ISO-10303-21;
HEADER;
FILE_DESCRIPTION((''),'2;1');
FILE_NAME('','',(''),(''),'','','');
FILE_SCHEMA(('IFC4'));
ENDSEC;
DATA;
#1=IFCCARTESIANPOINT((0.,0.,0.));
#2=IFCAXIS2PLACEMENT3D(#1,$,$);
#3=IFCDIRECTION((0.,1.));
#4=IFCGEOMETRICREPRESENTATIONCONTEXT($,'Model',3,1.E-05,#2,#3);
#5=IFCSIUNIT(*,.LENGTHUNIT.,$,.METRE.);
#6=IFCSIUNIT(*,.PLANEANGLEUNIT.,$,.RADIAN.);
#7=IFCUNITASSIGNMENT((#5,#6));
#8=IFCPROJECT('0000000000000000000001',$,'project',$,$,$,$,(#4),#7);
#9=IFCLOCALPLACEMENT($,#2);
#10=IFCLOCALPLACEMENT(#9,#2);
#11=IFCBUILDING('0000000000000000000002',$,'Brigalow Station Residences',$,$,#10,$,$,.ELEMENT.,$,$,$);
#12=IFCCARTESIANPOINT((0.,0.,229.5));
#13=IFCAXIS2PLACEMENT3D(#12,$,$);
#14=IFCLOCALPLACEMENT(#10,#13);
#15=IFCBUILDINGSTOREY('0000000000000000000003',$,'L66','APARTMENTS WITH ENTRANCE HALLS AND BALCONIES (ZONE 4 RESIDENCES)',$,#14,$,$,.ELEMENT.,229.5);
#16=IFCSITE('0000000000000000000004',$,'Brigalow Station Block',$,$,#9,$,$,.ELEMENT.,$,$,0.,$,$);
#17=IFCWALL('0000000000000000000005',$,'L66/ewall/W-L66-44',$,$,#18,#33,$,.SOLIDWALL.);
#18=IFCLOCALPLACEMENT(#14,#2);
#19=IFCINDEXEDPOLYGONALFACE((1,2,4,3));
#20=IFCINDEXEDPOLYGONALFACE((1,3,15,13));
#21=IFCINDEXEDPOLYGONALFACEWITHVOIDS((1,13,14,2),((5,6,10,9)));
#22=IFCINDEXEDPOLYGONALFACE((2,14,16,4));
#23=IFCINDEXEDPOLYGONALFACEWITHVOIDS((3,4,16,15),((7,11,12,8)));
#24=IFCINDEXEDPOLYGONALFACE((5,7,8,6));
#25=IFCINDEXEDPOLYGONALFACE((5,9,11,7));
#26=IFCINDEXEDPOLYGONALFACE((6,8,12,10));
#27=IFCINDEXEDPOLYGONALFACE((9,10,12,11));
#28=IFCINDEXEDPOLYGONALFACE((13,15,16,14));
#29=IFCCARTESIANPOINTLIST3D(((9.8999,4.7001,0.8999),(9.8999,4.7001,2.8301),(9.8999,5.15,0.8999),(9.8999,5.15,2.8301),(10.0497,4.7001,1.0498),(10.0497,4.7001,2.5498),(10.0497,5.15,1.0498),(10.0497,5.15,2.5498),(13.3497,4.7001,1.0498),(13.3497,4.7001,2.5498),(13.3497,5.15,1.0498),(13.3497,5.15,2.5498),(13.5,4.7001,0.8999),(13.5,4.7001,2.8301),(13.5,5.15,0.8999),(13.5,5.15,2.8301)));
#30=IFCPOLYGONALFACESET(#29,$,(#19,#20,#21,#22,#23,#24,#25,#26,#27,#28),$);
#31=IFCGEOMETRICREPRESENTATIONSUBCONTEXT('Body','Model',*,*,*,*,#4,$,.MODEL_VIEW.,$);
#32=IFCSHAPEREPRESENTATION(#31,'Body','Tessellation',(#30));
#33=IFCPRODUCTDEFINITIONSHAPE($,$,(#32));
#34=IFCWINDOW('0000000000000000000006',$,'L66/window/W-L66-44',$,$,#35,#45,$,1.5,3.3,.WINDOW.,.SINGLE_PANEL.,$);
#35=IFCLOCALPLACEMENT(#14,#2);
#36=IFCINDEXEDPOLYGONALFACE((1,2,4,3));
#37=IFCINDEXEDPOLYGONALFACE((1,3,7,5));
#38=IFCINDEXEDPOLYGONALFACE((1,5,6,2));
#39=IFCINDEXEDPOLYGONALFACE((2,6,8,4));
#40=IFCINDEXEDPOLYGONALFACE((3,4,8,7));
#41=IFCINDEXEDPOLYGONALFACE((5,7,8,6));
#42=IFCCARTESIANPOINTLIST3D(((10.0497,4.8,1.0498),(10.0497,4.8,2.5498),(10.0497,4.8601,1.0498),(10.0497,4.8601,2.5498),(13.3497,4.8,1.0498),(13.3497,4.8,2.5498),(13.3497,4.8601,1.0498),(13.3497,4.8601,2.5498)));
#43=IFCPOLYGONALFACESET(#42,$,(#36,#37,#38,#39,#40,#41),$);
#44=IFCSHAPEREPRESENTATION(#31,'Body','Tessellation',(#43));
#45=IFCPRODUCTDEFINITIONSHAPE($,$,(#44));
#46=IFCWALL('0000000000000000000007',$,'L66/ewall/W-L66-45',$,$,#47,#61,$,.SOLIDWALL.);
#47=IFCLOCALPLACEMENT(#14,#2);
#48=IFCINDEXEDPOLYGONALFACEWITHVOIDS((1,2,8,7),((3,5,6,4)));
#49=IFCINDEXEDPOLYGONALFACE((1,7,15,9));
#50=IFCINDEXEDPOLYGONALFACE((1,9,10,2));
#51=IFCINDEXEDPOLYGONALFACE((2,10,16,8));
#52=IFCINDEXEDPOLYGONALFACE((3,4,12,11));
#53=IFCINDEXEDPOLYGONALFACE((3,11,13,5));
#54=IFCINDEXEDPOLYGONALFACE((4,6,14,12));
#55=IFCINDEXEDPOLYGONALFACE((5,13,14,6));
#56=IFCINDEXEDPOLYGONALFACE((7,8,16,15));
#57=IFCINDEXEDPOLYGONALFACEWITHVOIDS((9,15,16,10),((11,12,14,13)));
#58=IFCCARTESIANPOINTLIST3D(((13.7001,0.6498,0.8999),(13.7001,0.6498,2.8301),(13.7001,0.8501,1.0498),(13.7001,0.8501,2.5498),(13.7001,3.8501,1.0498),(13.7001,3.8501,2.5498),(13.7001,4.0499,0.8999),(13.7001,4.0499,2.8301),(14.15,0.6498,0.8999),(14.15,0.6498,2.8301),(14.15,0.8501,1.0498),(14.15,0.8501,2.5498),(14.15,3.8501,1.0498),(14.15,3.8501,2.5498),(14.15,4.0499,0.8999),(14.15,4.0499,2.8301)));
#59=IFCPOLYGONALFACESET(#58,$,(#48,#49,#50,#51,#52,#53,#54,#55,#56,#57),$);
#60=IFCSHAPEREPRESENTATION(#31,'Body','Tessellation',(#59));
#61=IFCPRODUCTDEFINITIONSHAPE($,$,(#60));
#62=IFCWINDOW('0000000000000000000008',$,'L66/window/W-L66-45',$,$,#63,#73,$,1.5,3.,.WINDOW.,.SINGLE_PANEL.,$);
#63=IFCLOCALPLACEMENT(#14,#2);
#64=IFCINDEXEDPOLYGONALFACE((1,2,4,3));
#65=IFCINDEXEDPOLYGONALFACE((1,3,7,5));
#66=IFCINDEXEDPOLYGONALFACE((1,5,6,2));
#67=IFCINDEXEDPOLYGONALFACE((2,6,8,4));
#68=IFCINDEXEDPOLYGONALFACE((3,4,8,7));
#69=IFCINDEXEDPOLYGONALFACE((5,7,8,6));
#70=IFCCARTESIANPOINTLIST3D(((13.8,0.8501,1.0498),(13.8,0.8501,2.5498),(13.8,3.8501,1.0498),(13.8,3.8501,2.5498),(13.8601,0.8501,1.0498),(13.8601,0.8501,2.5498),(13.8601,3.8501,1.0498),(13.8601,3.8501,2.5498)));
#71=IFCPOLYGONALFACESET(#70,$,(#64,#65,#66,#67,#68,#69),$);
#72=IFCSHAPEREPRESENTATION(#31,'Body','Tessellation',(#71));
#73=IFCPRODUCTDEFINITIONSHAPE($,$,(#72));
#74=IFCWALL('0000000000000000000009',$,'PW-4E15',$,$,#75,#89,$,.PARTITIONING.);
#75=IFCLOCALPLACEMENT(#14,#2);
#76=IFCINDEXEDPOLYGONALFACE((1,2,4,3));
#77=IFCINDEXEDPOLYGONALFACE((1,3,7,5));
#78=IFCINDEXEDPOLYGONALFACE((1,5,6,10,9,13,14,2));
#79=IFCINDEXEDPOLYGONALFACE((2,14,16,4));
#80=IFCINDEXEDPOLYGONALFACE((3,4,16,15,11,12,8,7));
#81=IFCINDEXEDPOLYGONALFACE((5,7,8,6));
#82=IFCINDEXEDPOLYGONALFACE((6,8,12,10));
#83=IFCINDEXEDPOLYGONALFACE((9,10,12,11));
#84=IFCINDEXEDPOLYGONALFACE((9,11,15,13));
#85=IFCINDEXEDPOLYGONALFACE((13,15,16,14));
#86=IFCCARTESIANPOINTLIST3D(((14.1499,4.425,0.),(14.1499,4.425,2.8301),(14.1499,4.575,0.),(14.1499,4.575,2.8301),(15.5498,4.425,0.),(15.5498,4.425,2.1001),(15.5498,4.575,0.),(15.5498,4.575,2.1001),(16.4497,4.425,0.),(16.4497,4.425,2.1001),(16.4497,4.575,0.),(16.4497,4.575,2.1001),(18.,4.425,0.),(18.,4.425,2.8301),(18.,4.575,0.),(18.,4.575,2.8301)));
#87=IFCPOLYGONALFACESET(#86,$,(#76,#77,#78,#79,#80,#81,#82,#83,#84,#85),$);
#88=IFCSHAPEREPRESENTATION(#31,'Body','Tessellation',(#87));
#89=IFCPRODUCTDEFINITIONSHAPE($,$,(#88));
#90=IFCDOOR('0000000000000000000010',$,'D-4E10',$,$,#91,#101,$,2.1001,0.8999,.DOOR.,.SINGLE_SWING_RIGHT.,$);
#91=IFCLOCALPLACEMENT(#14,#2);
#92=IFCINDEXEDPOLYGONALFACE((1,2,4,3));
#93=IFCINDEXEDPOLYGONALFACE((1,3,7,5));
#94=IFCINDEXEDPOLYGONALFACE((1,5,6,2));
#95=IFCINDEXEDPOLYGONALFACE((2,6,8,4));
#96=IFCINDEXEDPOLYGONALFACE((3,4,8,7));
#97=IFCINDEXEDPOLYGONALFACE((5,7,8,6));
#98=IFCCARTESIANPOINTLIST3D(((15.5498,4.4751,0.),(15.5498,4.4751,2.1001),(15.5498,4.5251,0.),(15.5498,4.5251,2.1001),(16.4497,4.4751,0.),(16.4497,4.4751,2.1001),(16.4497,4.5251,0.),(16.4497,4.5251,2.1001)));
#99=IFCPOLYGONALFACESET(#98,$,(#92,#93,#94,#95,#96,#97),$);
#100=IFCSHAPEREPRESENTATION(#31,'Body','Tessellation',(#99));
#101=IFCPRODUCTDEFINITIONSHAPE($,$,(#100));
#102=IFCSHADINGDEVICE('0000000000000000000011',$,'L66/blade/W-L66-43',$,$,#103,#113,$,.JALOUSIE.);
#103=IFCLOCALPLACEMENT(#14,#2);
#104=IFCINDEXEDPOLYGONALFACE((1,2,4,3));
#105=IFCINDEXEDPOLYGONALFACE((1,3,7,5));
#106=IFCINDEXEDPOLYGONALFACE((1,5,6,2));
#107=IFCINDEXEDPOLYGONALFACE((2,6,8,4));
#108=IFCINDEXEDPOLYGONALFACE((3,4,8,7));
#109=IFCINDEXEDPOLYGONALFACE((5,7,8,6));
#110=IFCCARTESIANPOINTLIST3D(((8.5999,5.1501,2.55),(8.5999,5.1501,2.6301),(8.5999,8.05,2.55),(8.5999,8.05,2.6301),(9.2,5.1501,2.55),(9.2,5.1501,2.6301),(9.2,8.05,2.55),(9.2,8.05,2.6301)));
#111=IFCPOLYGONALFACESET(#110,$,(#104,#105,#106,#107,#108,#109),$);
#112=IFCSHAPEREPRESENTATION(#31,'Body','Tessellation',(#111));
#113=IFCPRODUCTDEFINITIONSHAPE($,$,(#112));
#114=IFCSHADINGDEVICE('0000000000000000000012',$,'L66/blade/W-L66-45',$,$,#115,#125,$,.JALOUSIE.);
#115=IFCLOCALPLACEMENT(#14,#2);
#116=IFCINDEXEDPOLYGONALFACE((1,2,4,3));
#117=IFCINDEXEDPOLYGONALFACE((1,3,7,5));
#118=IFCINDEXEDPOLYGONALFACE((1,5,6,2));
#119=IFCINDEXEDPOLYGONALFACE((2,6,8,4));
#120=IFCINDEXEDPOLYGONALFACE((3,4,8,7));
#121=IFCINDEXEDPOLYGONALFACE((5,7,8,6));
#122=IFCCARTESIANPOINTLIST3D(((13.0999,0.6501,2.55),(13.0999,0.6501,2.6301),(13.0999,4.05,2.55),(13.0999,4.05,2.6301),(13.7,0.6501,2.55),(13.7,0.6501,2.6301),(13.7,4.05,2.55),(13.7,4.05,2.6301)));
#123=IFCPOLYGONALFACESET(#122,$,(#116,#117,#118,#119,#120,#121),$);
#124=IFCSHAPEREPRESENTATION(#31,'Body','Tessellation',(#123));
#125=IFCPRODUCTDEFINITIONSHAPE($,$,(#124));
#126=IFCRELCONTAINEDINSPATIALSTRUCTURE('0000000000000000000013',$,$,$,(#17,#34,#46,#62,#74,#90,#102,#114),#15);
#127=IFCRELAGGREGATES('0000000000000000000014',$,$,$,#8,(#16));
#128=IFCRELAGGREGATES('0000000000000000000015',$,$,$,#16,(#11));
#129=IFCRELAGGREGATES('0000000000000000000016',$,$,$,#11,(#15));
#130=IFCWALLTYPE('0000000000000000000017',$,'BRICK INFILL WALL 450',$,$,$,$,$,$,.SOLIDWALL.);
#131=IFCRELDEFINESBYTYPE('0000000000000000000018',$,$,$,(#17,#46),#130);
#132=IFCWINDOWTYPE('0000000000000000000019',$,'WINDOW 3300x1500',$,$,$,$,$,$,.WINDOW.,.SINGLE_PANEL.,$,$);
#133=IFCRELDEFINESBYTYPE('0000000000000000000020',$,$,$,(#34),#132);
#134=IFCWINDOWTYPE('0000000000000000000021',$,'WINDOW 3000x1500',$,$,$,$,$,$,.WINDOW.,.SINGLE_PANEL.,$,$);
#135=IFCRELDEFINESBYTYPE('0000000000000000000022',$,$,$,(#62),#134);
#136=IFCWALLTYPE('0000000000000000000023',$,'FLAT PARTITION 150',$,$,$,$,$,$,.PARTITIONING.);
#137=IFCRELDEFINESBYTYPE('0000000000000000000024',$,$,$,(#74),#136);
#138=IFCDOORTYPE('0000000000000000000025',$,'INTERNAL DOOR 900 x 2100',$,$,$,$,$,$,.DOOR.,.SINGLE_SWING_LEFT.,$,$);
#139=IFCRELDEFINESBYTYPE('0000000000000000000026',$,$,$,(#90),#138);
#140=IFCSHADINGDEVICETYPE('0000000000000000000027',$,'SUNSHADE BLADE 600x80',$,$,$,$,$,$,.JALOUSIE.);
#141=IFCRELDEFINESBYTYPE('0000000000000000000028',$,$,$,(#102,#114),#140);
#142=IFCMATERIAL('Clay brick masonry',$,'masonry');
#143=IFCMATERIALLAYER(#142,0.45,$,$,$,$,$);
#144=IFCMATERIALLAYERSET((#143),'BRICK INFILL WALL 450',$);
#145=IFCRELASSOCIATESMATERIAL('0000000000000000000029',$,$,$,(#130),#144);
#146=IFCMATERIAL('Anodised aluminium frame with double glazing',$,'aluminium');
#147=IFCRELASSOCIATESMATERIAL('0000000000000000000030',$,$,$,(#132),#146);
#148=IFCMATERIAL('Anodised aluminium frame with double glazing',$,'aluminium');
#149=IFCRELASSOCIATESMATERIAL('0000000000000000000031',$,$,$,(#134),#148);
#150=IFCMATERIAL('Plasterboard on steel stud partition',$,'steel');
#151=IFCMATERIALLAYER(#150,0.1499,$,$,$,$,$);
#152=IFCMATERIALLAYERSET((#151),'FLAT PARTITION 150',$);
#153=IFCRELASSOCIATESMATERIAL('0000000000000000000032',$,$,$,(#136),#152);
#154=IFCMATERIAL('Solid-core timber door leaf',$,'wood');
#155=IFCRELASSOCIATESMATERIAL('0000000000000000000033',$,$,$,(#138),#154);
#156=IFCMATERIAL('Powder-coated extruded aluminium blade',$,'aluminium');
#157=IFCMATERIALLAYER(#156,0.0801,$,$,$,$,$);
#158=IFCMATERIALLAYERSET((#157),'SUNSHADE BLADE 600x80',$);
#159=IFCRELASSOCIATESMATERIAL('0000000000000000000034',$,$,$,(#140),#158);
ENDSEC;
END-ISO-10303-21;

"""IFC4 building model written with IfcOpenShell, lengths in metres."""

from ifc_helpers import new_model, si_unit, direction, frame, frame_2d, origin, origin_2d, place, context, subcontext, project, spatial, rectangle, extrude, material, layer, layer_set, type_object, element, fill, save


model = new_model("IFC4")

# Units and contexts
model_context = context("Model", 3, precision=1e-05, world=origin(), true_north=direction((0.0, 1.0)))
body_context = subcontext(model_context, "Body", "Model", "MODEL_VIEW")
ifc_project = project(units=[si_unit("LENGTHUNIT", "METRE"), si_unit("PLANEANGLEUNIT", "RADIAN")], contexts=[model_context])

# Site, building, storey
site_placement = place(None, origin())
site = spatial("IfcSite", under=ifc_project, at=site_placement, Name="Brigalow Station Block", CompositionType="ELEMENT", RefElevation=0.0)
building_placement = place(site_placement, origin())
building = spatial("IfcBuilding", under=site, at=building_placement, Name="Brigalow Station Residences", CompositionType="ELEMENT")
storey_placement = place(building_placement, frame((0.0, 0.0, 229.5)))
storey = spatial("IfcBuildingStorey", under=building, at=storey_placement, Name="L66", Description="APARTMENTS WITH ENTRANCE HALLS AND BALCONIES (ZONE 4 RESIDENCES)", CompositionType="ELEMENT", Elevation=229.5)

# Walls, openings, windows
ifc_material_1 = material(Name="Clay brick masonry", Category="masonry")
ifc_layer_1 = layer(ifc_material_1, 0.45)
ifc_layer_set_1 = layer_set([ifc_layer_1], Name="BRICK INFILL WALL 450")
wall_type_1 = type_object("IfcWallType", Name="BRICK INFILL WALL 450", PredefinedType="SOLIDWALL", material=ifc_layer_set_1)
wall_1_placement = place(storey_placement, frame((9.8999, 4.925, 0.8999), z_axis=(0.0, 0.0, 1.0), x_axis=(1.0, 0.0, 0.0)))
wall_1 = element("IfcWall", 1, at=wall_1_placement, inside=storey, type_object=wall_type_1, Name="L66/ewall/W-L66-44", PredefinedType="SOLIDWALL", context=body_context, shape_type="SweptSolid", body=[
    extrude(rectangle(XDim=3.6001, YDim=0.45, at=frame_2d((1.8, 0.0))), origin(), (0.0, 0.0, 1.0), 1.9302),
])
opening_1_placement = place(wall_1_placement, frame((0.1499, 0.0, 0.1499)))
opening_1 = element("IfcOpeningElement", 2, at=opening_1_placement, cuts=wall_1, PredefinedType="OPENING", context=body_context, shape_type="SweptSolid", body=[
    extrude(rectangle(XDim=3.3, YDim=1.5, at=frame_2d((1.6499, 0.75))), frame((0.0, 0.2349, 0.0), z_axis=(0.0, -1.0, 0.0), x_axis=(1.0, 0.0, 0.0)), (0.0, 0.0, 1.0), 0.47),
])
ifc_material_2 = material(Name="Anodised aluminium frame with double glazing", Category="aluminium")
window_type_1 = type_object("IfcWindowType", Name="WINDOW 3300x1500", PartitioningType="SINGLE_PANEL", PredefinedType="WINDOW", material=ifc_material_2)
window_1_placement = place(opening_1_placement, origin())
window_1 = element("IfcWindow", 3, at=window_1_placement, inside=storey, type_object=window_type_1, Name="L66/window/W-L66-44", OverallHeight=1.5, OverallWidth=3.3, PartitioningType="SINGLE_PANEL", PredefinedType="WINDOW", context=body_context, shape_type="SweptSolid", body=[
    extrude(rectangle(XDim=3.3, YDim=1.5, at=frame_2d((1.6499, 0.75))), frame((0.0, -0.0649, 0.0), z_axis=(0.0, -1.0, 0.0), x_axis=(1.0, 0.0, 0.0)), (0.0, 0.0, 1.0), 0.0601),
])
fill(opening_1, window_1)
wall_2_placement = place(storey_placement, frame((13.925, 4.05, 0.8999), z_axis=(0.0, 0.0, 1.0), x_axis=(0.0, -1.0, 0.0)))
wall_2 = element("IfcWall", 4, at=wall_2_placement, inside=storey, type_object=wall_type_1, Name="L66/ewall/W-L66-45", PredefinedType="SOLIDWALL", context=body_context, shape_type="SweptSolid", body=[
    extrude(rectangle(XDim=3.4001, YDim=0.45, at=frame_2d((1.7002, 0.0))), origin(), (0.0, 0.0, 1.0), 1.9302),
])
opening_2_placement = place(wall_2_placement, frame((0.2, 0.0, 0.1499)))
opening_2 = element("IfcOpeningElement", 5, at=opening_2_placement, cuts=wall_2, PredefinedType="OPENING", context=body_context, shape_type="SweptSolid", body=[
    extrude(rectangle(XDim=3.0, YDim=1.5, at=frame_2d((1.5, 0.75))), frame((0.0, 0.2349, 0.0), z_axis=(0.0, -1.0, 0.0), x_axis=(1.0, 0.0, 0.0)), (0.0, 0.0, 1.0), 0.47),
])
ifc_material_3 = material(Name="Anodised aluminium frame with double glazing", Category="aluminium")
window_type_2 = type_object("IfcWindowType", Name="WINDOW 3000x1500", PartitioningType="SINGLE_PANEL", PredefinedType="WINDOW", material=ifc_material_3)
window_2_placement = place(opening_2_placement, origin())
window_2 = element("IfcWindow", 6, at=window_2_placement, inside=storey, type_object=window_type_2, Name="L66/window/W-L66-45", OverallHeight=1.5, OverallWidth=3.0, PartitioningType="SINGLE_PANEL", PredefinedType="WINDOW", context=body_context, shape_type="SweptSolid", body=[
    extrude(rectangle(XDim=3.0, YDim=1.5, at=frame_2d((1.5, 0.75))), frame((0.0, -0.0649, 0.0), z_axis=(0.0, -1.0, 0.0), x_axis=(1.0, 0.0, 0.0)), (0.0, 0.0, 1.0), 0.0601),
])
fill(opening_2, window_2)

# Wall, opening, door
ifc_material_4 = material(Name="Plasterboard on steel stud partition", Category="steel")
ifc_layer_2 = layer(ifc_material_4, 0.1499)
ifc_layer_set_2 = layer_set([ifc_layer_2], Name="FLAT PARTITION 150")
wall_type_2 = type_object("IfcWallType", Name="FLAT PARTITION 150", PredefinedType="PARTITIONING", material=ifc_layer_set_2)
wall_3_placement = place(storey_placement, frame((14.1499, 4.5, 0.0), z_axis=(0.0, 0.0, 1.0), x_axis=(1.0, 0.0, 0.0)))
wall_3 = element("IfcWall", 7, at=wall_3_placement, inside=storey, type_object=wall_type_2, Name="PW-4E15", PredefinedType="PARTITIONING", context=body_context, shape_type="SweptSolid", body=[
    extrude(rectangle(XDim=3.8501, YDim=0.1499, at=frame_2d((1.925, 0.0))), origin(), (0.0, 0.0, 1.0), 2.8301),
])
opening_3_placement = place(wall_3_placement, frame((1.3999, 0.0, 0.0)))
opening_3 = element("IfcOpeningElement", 8, at=opening_3_placement, cuts=wall_3, PredefinedType="OPENING", context=body_context, shape_type="SweptSolid", body=[
    extrude(rectangle(XDim=0.8999, YDim=2.1001, at=frame_2d((0.45, 1.05))), frame((0.0, 0.085, 0.0), z_axis=(0.0, -1.0, 0.0), x_axis=(1.0, 0.0, 0.0)), (0.0, 0.0, 1.0), 0.1699),
])
ifc_material_5 = material(Name="Solid-core timber door leaf", Category="wood")
door_type = type_object("IfcDoorType", Name="INTERNAL DOOR 900 x 2100", OperationType="SINGLE_SWING_LEFT", PredefinedType="DOOR", material=ifc_material_5)
door_placement = place(opening_3_placement, frame((0.8999, 0.0, 0.0), z_axis=(0.0, 0.0, 1.0), x_axis=(-1.0, 0.0, 0.0)))
door = element("IfcDoor", 9, at=door_placement, inside=storey, type_object=door_type, Name="D-4E10", OperationType="SINGLE_SWING_RIGHT", OverallHeight=2.1001, OverallWidth=0.8999, PredefinedType="DOOR", context=body_context, shape_type="SweptSolid", body=[
    extrude(rectangle(XDim=0.8999, YDim=2.1001, at=frame_2d((0.45, 1.05))), frame((0.0, 0.0249, 0.0), z_axis=(0.0, -1.0, 0.0), x_axis=(1.0, 0.0, 0.0)), (0.0, 0.0, 1.0), 0.05),
])
fill(opening_3, door)

# Shading devices
ifc_material_6 = material(Name="Powder-coated extruded aluminium blade", Category="aluminium")
ifc_layer_3 = layer(ifc_material_6, 0.0801)
ifc_layer_set_3 = layer_set([ifc_layer_3], Name="SUNSHADE BLADE 600x80")
shading_device_type = type_object("IfcShadingDeviceType", Name="SUNSHADE BLADE 600x80", PredefinedType="JALOUSIE", material=ifc_layer_set_3)
shading_device_1_placement = place(storey_placement, frame((8.8999, 6.6001, 2.55), z_axis=(0.0, 0.0, 1.0), x_axis=(0.0, -1.0, 0.0)))
element("IfcShadingDevice", 10, at=shading_device_1_placement, inside=storey, type_object=shading_device_type, Name="L66/blade/W-L66-43", PredefinedType="JALOUSIE", context=body_context, shape_type="SweptSolid", body=[
    extrude(rectangle(XDim=2.8999, YDim=0.6001, at=origin_2d()), origin(), (0.0, 0.0, 1.0), 0.0801),
])
shading_device_2_placement = place(storey_placement, frame((13.3999, 2.3501, 2.55), z_axis=(0.0, 0.0, 1.0), x_axis=(0.0, -1.0, 0.0)))
element("IfcShadingDevice", 11, at=shading_device_2_placement, inside=storey, type_object=shading_device_type, Name="L66/blade/W-L66-45", PredefinedType="JALOUSIE", context=body_context, shape_type="SweptSolid", body=[
    extrude(rectangle(XDim=3.3999, YDim=0.6001, at=origin_2d()), origin(), (0.0, 0.0, 1.0), 0.0801),
])

save(model, "model.ifc")
